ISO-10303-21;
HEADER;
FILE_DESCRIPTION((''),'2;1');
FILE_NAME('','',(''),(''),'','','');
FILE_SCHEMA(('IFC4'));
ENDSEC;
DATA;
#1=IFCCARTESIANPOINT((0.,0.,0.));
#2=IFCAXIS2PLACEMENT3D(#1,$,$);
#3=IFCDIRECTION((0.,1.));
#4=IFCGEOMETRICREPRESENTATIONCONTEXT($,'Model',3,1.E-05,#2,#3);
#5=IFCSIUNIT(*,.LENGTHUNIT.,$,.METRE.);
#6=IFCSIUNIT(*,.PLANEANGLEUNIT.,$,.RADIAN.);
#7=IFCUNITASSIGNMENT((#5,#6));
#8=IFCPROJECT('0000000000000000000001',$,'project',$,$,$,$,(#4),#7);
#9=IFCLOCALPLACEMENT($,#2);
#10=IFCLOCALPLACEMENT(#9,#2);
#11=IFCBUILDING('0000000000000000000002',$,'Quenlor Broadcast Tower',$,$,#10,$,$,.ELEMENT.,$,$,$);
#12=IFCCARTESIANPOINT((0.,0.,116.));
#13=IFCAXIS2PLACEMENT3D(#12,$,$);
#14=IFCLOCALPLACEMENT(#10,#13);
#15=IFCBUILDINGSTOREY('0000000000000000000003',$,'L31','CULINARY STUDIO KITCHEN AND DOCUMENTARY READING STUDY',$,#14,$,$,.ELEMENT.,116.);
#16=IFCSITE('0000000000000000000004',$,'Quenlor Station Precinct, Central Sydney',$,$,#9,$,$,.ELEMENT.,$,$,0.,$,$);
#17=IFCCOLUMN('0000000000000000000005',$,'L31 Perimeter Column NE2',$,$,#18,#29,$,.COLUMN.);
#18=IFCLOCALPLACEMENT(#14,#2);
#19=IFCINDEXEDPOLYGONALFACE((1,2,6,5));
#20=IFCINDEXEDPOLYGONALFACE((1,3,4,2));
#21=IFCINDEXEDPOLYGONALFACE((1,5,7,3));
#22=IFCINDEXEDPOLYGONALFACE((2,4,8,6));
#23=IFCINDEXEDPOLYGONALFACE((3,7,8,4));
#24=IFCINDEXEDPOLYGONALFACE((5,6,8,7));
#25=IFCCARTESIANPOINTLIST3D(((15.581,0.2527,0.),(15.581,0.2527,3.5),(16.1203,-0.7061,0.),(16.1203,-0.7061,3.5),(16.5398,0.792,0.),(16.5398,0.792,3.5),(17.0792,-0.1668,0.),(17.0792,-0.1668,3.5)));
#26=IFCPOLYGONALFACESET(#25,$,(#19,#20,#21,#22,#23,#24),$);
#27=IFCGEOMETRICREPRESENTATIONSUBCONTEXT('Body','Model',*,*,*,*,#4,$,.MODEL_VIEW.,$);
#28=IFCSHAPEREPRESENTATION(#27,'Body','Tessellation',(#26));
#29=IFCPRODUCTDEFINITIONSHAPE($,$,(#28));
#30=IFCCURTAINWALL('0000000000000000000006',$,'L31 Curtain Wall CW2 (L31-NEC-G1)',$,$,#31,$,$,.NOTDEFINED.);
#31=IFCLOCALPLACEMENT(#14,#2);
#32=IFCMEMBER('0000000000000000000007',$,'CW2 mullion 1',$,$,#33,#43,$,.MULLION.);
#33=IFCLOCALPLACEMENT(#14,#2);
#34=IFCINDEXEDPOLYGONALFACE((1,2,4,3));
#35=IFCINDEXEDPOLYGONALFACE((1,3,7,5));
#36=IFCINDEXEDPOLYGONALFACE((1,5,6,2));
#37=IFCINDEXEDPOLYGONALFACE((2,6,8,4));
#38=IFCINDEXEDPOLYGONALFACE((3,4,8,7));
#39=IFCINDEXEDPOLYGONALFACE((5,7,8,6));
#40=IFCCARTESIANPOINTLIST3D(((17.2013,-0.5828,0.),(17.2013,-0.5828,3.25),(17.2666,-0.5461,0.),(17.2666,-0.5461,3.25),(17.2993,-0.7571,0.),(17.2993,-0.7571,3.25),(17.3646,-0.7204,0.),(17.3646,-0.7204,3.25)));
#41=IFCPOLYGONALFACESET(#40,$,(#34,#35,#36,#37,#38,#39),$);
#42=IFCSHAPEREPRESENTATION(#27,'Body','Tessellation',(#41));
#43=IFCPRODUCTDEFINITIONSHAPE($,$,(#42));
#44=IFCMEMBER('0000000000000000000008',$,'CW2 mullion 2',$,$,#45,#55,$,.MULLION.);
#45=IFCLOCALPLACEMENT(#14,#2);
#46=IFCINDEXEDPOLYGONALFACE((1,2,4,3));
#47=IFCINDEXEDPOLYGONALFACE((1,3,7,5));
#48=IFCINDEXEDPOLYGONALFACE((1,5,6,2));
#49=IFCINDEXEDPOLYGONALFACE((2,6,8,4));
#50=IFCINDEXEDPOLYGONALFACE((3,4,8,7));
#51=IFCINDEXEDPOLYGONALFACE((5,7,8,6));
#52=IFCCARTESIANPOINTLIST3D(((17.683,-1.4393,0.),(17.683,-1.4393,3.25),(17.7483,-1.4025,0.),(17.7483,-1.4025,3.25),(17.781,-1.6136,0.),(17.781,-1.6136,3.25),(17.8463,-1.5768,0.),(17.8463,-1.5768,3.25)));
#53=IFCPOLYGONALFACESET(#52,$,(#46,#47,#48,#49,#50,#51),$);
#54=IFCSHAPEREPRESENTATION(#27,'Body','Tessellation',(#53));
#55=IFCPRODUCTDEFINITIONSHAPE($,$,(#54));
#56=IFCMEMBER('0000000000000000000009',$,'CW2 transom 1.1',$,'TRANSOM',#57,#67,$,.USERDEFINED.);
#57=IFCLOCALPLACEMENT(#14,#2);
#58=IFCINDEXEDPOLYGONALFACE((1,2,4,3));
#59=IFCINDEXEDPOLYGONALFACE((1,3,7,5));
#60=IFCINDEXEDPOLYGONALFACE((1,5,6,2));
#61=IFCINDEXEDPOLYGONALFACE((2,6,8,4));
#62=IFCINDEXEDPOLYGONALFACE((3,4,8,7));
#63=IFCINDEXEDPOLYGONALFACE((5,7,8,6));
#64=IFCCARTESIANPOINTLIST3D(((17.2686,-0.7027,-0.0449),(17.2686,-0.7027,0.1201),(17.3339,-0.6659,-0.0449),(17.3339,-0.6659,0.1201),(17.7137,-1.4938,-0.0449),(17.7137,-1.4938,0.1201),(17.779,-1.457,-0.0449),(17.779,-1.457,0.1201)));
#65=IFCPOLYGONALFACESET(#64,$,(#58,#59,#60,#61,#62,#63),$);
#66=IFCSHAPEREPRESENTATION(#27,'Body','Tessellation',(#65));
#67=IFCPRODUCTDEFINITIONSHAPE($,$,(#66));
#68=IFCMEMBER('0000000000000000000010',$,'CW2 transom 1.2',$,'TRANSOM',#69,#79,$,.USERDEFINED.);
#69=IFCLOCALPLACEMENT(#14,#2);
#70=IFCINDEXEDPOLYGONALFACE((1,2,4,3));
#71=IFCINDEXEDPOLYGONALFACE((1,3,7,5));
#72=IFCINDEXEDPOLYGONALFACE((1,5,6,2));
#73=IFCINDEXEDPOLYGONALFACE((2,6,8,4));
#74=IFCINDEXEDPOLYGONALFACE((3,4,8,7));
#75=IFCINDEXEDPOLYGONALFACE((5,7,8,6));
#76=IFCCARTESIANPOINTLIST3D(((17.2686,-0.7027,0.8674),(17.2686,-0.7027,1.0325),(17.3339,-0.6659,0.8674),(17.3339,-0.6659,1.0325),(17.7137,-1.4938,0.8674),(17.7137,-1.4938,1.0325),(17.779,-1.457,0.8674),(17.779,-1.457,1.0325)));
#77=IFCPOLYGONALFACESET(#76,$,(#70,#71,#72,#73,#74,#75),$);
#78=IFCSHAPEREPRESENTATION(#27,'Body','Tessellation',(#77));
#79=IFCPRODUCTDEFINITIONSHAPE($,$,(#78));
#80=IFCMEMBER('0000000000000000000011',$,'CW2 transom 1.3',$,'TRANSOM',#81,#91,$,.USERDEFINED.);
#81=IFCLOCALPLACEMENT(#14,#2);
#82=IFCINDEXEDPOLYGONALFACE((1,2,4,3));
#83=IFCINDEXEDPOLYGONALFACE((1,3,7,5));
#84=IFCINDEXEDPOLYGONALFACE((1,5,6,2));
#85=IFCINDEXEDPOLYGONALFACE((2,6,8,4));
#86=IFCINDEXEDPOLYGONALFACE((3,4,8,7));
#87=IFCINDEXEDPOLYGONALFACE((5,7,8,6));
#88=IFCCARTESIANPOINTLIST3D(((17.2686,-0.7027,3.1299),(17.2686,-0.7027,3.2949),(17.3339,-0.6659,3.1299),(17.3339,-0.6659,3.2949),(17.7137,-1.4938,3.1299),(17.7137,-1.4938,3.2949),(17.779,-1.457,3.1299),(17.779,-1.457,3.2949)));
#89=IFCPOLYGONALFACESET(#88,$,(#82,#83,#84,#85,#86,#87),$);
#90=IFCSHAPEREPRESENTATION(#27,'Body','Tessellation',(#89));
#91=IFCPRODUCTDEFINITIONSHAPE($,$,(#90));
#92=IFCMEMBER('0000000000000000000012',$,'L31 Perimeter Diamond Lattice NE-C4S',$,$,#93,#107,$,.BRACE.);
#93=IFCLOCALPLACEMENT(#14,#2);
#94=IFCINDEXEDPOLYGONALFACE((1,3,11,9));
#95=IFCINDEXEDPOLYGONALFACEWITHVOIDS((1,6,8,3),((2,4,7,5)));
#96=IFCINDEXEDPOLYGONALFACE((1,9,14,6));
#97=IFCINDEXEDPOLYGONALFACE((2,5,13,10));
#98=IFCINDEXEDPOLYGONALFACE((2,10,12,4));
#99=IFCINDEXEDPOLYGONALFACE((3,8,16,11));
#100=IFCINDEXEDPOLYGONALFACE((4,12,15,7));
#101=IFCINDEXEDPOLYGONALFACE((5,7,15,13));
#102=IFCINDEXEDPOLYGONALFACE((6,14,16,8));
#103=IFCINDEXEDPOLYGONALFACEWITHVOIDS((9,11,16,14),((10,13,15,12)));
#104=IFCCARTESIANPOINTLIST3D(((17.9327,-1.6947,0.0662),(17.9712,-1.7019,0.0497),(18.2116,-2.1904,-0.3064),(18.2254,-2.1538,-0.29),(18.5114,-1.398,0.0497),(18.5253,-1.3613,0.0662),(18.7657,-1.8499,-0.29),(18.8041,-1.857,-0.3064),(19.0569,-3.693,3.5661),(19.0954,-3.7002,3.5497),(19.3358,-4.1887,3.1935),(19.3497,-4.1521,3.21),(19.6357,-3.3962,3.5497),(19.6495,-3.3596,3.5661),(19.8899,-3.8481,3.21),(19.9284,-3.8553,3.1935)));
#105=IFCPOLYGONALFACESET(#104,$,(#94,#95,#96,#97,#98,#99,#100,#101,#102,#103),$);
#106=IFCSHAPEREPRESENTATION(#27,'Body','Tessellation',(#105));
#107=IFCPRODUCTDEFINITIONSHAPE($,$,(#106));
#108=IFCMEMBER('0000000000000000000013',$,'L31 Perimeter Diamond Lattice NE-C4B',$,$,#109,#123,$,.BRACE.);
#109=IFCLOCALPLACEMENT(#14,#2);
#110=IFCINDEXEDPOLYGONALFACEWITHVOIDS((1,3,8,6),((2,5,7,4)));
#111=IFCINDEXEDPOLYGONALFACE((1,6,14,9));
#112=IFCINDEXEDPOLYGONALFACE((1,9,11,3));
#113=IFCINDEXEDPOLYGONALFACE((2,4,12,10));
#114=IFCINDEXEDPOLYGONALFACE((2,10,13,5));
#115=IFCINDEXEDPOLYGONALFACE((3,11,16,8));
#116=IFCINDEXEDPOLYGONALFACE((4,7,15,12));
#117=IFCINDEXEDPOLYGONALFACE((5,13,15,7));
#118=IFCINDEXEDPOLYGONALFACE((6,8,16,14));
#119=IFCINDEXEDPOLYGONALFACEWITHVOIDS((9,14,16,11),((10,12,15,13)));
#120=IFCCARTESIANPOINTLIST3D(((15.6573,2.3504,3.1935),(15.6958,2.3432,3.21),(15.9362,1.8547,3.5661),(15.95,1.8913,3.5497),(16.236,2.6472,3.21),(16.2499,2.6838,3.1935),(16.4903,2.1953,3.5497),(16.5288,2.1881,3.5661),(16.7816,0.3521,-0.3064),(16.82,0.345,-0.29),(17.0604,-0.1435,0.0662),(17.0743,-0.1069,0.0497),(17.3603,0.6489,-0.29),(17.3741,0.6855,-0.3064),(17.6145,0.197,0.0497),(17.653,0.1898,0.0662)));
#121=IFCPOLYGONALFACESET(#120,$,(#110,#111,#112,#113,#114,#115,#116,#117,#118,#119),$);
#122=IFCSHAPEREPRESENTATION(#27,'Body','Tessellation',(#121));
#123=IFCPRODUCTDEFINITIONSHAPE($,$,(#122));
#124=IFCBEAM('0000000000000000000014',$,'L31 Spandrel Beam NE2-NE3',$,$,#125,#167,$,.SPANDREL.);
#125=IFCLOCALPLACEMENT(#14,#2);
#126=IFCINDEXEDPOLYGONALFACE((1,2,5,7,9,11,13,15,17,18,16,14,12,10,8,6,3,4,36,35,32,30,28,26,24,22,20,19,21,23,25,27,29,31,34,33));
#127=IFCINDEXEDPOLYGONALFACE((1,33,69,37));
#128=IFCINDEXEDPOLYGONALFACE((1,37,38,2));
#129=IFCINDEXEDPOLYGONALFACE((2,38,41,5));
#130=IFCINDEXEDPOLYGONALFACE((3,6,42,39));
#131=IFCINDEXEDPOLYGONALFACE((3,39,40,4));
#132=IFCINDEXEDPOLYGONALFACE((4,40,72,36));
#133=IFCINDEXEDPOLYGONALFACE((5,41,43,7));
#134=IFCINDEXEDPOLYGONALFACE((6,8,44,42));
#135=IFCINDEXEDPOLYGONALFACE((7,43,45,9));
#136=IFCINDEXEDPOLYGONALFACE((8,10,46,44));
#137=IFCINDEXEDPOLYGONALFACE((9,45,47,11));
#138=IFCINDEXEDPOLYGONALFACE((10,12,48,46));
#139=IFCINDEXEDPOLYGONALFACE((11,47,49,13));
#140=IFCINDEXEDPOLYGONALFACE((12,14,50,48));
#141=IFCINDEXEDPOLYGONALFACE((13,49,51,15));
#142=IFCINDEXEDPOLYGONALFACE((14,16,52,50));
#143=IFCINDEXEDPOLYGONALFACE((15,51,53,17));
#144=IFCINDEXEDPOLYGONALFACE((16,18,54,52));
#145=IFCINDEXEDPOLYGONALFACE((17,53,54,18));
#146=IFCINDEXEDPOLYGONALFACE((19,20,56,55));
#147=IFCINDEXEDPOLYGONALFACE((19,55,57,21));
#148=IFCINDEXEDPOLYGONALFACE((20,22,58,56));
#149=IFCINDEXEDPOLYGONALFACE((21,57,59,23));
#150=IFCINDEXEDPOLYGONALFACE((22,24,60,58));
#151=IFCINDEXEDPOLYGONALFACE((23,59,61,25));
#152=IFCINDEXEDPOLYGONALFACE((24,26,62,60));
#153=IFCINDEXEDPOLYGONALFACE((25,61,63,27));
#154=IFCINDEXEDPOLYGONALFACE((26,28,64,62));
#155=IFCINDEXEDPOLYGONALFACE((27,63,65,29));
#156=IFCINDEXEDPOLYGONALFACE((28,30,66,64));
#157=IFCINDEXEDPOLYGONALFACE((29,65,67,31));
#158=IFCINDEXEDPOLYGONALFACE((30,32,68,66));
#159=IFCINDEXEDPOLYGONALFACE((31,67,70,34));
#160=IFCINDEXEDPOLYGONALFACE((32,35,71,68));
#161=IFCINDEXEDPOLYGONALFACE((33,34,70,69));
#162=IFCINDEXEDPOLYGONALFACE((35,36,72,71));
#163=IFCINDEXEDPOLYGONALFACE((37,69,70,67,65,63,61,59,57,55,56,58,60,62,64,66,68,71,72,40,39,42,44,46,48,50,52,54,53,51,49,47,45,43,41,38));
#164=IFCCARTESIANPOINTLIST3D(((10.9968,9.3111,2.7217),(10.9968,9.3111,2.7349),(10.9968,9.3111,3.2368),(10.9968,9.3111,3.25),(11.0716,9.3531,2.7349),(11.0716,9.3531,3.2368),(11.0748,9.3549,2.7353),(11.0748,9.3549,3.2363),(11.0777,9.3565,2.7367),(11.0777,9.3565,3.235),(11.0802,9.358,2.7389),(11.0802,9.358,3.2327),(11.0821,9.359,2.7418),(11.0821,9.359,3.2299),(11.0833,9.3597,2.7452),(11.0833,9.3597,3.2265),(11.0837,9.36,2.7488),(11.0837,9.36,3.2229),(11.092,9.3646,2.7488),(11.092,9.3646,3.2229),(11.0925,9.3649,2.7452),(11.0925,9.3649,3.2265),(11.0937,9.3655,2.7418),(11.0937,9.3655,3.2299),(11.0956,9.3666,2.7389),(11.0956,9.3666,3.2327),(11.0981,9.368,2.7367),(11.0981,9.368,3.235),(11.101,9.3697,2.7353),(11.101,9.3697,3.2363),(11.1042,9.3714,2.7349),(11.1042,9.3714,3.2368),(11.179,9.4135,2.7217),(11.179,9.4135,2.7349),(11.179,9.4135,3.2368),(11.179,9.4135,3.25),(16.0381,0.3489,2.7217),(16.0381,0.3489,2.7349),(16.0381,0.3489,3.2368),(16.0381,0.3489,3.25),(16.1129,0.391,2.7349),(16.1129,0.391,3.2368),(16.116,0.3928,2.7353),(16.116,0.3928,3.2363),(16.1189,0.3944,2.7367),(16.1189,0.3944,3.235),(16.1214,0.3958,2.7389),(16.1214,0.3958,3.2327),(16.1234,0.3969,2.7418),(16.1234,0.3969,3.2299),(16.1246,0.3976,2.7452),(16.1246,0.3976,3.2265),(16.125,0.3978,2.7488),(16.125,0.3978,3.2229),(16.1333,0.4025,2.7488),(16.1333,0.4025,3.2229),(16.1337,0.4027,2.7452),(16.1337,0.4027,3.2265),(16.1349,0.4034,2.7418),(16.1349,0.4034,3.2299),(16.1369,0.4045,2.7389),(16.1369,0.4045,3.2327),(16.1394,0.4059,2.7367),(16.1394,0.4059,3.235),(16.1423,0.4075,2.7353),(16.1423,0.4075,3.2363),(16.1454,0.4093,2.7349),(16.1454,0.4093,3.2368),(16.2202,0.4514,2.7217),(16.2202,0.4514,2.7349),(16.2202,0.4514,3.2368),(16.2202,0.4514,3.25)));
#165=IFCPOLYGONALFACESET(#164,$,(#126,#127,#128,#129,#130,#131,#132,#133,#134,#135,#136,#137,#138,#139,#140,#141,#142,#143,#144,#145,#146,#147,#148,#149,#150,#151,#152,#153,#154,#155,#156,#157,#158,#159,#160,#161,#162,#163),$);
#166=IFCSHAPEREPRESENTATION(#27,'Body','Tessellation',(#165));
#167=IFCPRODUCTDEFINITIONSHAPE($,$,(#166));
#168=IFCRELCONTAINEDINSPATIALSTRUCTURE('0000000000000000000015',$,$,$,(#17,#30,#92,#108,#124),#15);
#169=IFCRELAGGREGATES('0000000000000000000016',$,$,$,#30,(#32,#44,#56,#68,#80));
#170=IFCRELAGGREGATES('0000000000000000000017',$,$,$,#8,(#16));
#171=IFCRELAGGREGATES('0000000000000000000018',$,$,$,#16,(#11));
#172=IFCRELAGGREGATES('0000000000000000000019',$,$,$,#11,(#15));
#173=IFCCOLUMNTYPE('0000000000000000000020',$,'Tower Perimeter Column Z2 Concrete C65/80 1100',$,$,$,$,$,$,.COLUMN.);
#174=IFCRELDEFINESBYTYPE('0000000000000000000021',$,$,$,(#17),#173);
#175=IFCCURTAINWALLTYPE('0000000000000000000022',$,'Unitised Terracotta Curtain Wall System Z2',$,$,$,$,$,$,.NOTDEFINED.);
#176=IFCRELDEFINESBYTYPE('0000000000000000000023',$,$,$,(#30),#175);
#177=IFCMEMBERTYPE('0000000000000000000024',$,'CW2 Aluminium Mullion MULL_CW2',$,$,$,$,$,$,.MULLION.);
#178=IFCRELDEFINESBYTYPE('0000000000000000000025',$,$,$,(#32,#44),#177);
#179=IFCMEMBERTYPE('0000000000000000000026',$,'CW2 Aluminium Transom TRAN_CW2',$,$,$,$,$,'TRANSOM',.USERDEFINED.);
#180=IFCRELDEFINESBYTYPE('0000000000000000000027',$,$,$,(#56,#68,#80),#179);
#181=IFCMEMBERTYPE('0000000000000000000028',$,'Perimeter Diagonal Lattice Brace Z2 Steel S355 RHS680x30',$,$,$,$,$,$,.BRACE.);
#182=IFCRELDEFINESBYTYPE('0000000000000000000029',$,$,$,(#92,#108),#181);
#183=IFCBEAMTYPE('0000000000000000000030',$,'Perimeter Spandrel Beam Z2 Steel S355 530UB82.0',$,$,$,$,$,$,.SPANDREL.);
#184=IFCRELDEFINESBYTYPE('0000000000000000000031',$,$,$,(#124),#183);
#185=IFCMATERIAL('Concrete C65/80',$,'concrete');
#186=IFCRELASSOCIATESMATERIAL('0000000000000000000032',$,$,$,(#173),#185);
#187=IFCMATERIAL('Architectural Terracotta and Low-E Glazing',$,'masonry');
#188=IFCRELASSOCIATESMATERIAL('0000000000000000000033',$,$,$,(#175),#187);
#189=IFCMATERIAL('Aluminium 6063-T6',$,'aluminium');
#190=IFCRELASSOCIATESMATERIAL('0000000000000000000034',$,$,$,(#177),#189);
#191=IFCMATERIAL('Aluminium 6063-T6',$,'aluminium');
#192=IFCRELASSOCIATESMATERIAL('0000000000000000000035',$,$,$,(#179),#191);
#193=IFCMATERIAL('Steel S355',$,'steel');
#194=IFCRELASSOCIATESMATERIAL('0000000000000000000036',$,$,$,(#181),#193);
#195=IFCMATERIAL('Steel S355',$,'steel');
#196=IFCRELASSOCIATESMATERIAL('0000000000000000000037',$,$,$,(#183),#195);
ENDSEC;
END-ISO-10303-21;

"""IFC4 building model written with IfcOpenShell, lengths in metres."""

from ifc_helpers import new_model, si_unit, direction, frame, origin, origin_2d, place, context, subcontext, project, spatial, rectangle, hollow_rectangle, i_section, extrude, material, material_profile, profile_set, type_object, element, aggregate, save


model = new_model("IFC4")

# Units and contexts
model_context = context("Model", 3, precision=1e-05, world=origin(), true_north=direction((0.0, 1.0)))
body_context = subcontext(model_context, "Body", "Model", "MODEL_VIEW")
ifc_project = project(units=[si_unit("LENGTHUNIT", "METRE"), si_unit("PLANEANGLEUNIT", "RADIAN")], contexts=[model_context])

# Site, building, storey
site_placement = place(None, origin())
site = spatial("IfcSite", under=ifc_project, at=site_placement, Name="Quenlor Station Precinct, Central Sydney", CompositionType="ELEMENT", RefElevation=0.0)
building_placement = place(site_placement, origin())
building = spatial("IfcBuilding", under=site, at=building_placement, Name="Quenlor Broadcast Tower", CompositionType="ELEMENT")
storey_placement = place(building_placement, frame((0.0, 0.0, 116.0)))
storey = spatial("IfcBuildingStorey", under=building, at=storey_placement, Name="L31", Description="CULINARY STUDIO KITCHEN AND DOCUMENTARY READING STUDY", CompositionType="ELEMENT", Elevation=116.0)

# Column
ifc_material_1 = material(Name="Concrete C65/80", Category="concrete")
ifc_material_profile_1 = material_profile(ifc_material_1, rectangle(XDim=1.1001, YDim=1.1001, at=origin_2d()))
ifc_profile_set_1 = profile_set([ifc_material_profile_1], Name="Concrete C65/80 RC1100x1100")
column_type = type_object("IfcColumnType", Name="Tower Perimeter Column Z2 Concrete C65/80 1100", PredefinedType="COLUMN", material=ifc_profile_set_1)
column_placement = place(storey_placement, frame((16.3301, 0.043, 0.0), z_axis=(0.0, 0.0, 1.0), x_axis=(0.871575, 0.490262, 0.0)))
element("IfcColumn", 1, at=column_placement, inside=storey, type_object=column_type, Name="L31 Perimeter Column NE2", PredefinedType="COLUMN", context=body_context, shape_type="SweptSolid", body=[
    extrude(rectangle(XDim=1.1001, YDim=1.1001, at=origin_2d()), origin(), (0.0, 0.0, 1.0), 3.5),
])

# Curtain wall, members
ifc_material_2 = material(Name="Architectural Terracotta and Low-E Glazing", Category="masonry")
curtain_wall_type = type_object("IfcCurtainWallType", Name="Unitised Terracotta Curtain Wall System Z2", PredefinedType="NOTDEFINED", material=ifc_material_2)
curtain_wall_placement = place(storey_placement, origin())
curtain_wall = element("IfcCurtainWall", 2, at=curtain_wall_placement, inside=storey, type_object=curtain_wall_type, Name="L31 Curtain Wall CW2 (L31-NEC-G1)", PredefinedType="NOTDEFINED")
ifc_material_3 = material(Name="Aluminium 6063-T6", Category="aluminium")
ifc_material_profile_2 = material_profile(ifc_material_3, rectangle(XDim=0.075, YDim=0.2, at=origin_2d()))
ifc_profile_set_2 = profile_set([ifc_material_profile_2], Name="Aluminium 6063-T6 MULL75x200")
member_type_1 = type_object("IfcMemberType", Name="CW2 Aluminium Mullion MULL_CW2", PredefinedType="MULLION", material=ifc_profile_set_2)
member_1_placement = place(storey_placement, frame((17.283, -0.6516, 0.0), z_axis=(0.0, 0.0, 1.0), x_axis=(0.871581, 0.490252, 0.0)))
member_1 = element("IfcMember", 3, at=member_1_placement, type_object=member_type_1, Name="CW2 mullion 1", PredefinedType="MULLION", context=body_context, shape_type="SweptSolid", body=[
    extrude(rectangle(XDim=0.075, YDim=0.2, at=origin_2d()), origin(), (0.0, 0.0, 1.0), 3.25),
])
member_2_placement = place(storey_placement, frame((17.7646, -1.5081, 0.0), z_axis=(0.0, 0.0, 1.0), x_axis=(0.871581, 0.490252, 0.0)))
member_2 = element("IfcMember", 4, at=member_2_placement, type_object=member_type_1, Name="CW2 mullion 2", PredefinedType="MULLION", context=body_context, shape_type="SweptSolid", body=[
    extrude(rectangle(XDim=0.075, YDim=0.2, at=origin_2d()), origin(), (0.0, 0.0, 1.0), 3.25),
])
ifc_material_4 = material(Name="Aluminium 6063-T6", Category="aluminium")
ifc_material_profile_3 = material_profile(ifc_material_4, rectangle(XDim=0.075, YDim=0.165, at=origin_2d()))
ifc_profile_set_3 = profile_set([ifc_material_profile_3], Name="Aluminium 6063-T6 TRAN75x165")
member_type_2 = type_object("IfcMemberType", Name="CW2 Aluminium Transom TRAN_CW2", ElementType="TRANSOM", PredefinedType="USERDEFINED", material=ifc_profile_set_3)
member_3_placement = place(storey_placement, frame((17.3013, -0.6843, 0.0376), z_axis=(0.490363, -0.871518, 0.0), x_axis=(0.871518, 0.490363, 0.0)))
member_3 = element("IfcMember", 5, at=member_3_placement, type_object=member_type_2, Name="CW2 transom 1.1", ObjectType="TRANSOM", PredefinedType="USERDEFINED", context=body_context, shape_type="SweptSolid", body=[
    extrude(rectangle(XDim=0.075, YDim=0.165, at=origin_2d()), origin(), (0.0, 0.0, 1.0), 0.9077),
])
member_4_placement = place(storey_placement, frame((17.3013, -0.6843, 0.95), z_axis=(0.490363, -0.871518, 0.0), x_axis=(0.871518, 0.490363, 0.0)))
member_4 = element("IfcMember", 6, at=member_4_placement, type_object=member_type_2, Name="CW2 transom 1.2", ObjectType="TRANSOM", PredefinedType="USERDEFINED", context=body_context, shape_type="SweptSolid", body=[
    extrude(rectangle(XDim=0.075, YDim=0.165, at=origin_2d()), origin(), (0.0, 0.0, 1.0), 0.9077),
])
member_5_placement = place(storey_placement, frame((17.3013, -0.6843, 3.2124), z_axis=(0.490363, -0.871518, 0.0), x_axis=(0.871518, 0.490363, 0.0)))
member_5 = element("IfcMember", 7, at=member_5_placement, type_object=member_type_2, Name="CW2 transom 1.3", ObjectType="TRANSOM", PredefinedType="USERDEFINED", context=body_context, shape_type="SweptSolid", body=[
    extrude(rectangle(XDim=0.075, YDim=0.165, at=origin_2d()), origin(), (0.0, 0.0, 1.0), 0.9077),
])

# Members
ifc_material_5 = material(Name="Steel S355", Category="steel")
ifc_material_profile_4 = material_profile(ifc_material_5, hollow_rectangle(XDim=0.6799, YDim=0.6799, WallThickness=0.03, at=origin_2d()))
ifc_profile_set_4 = profile_set([ifc_material_profile_4], Name="Steel S355 RHS680x680x30")
member_type_3 = type_object("IfcMemberType", Name="Perimeter Diagonal Lattice Brace Z2 Steel S355 RHS680x30", PredefinedType="BRACE", material=ifc_profile_set_4)
for number, where, z_axis, x_axis, name in (
    (8, (18.3684, -1.7759, -0.1201), (0.268697, -0.477585, 0.836489), (0.871533, 0.490337, 0.0), "L31 Perimeter Diamond Lattice NE-C4S"),
    (9, (17.2173, 0.271, -0.1201), (-0.268697, 0.477585, 0.836489), (-0.871533, -0.490337, 0.0), "L31 Perimeter Diamond Lattice NE-C4B"),
):
    element("IfcMember", number, at=place(storey_placement, frame(where, z_axis=z_axis, x_axis=x_axis)), inside=storey, type_object=member_type_3, Name=name, PredefinedType="BRACE", context=body_context, shape_type="SweptSolid", body=[
        extrude(hollow_rectangle(XDim=0.6799, YDim=0.6799, WallThickness=0.03, at=origin_2d()), origin(), (0.0, 0.0, 1.0), 4.1841),
    ])

# Beam
ifc_material_6 = material(Name="Steel S355", Category="steel")
ifc_material_profile_5 = material_profile(ifc_material_6, i_section(OverallWidth=0.209, OverallDepth=0.5283, WebThickness=0.0095, FlangeThickness=0.0132, FilletRadius=0.0139, at=origin_2d()))
ifc_profile_set_5 = profile_set([ifc_material_profile_5], Name="Steel S355 530UB82.0")
beam_type_1 = type_object("IfcBeamType", Name="Perimeter Spandrel Beam Z2 Steel S355 530UB82.0", PredefinedType="SPANDREL", material=ifc_profile_set_5)
beam_1_placement = place(storey_placement, frame((16.1292, 0.4001, 2.9858), z_axis=(-0.490265, 0.871574, 0.0), x_axis=(-0.871574, -0.490265, 0.0)))
element("IfcBeam", 10, at=beam_1_placement, inside=storey, type_object=beam_type_1, Name="L31 Spandrel Beam NE2-NE3", PredefinedType="SPANDREL", context=body_context, shape_type="SweptSolid", body=[
    extrude(i_section(OverallWidth=0.209, OverallDepth=0.5283, WebThickness=0.0095, FlangeThickness=0.0132, FilletRadius=0.0139, at=origin_2d()), origin(), (0.0, 0.0, 1.0), 10.2827),
])

aggregate(curtain_wall, [member_1, member_2, member_3, member_4, member_5])

save(model, "model.ifc")
